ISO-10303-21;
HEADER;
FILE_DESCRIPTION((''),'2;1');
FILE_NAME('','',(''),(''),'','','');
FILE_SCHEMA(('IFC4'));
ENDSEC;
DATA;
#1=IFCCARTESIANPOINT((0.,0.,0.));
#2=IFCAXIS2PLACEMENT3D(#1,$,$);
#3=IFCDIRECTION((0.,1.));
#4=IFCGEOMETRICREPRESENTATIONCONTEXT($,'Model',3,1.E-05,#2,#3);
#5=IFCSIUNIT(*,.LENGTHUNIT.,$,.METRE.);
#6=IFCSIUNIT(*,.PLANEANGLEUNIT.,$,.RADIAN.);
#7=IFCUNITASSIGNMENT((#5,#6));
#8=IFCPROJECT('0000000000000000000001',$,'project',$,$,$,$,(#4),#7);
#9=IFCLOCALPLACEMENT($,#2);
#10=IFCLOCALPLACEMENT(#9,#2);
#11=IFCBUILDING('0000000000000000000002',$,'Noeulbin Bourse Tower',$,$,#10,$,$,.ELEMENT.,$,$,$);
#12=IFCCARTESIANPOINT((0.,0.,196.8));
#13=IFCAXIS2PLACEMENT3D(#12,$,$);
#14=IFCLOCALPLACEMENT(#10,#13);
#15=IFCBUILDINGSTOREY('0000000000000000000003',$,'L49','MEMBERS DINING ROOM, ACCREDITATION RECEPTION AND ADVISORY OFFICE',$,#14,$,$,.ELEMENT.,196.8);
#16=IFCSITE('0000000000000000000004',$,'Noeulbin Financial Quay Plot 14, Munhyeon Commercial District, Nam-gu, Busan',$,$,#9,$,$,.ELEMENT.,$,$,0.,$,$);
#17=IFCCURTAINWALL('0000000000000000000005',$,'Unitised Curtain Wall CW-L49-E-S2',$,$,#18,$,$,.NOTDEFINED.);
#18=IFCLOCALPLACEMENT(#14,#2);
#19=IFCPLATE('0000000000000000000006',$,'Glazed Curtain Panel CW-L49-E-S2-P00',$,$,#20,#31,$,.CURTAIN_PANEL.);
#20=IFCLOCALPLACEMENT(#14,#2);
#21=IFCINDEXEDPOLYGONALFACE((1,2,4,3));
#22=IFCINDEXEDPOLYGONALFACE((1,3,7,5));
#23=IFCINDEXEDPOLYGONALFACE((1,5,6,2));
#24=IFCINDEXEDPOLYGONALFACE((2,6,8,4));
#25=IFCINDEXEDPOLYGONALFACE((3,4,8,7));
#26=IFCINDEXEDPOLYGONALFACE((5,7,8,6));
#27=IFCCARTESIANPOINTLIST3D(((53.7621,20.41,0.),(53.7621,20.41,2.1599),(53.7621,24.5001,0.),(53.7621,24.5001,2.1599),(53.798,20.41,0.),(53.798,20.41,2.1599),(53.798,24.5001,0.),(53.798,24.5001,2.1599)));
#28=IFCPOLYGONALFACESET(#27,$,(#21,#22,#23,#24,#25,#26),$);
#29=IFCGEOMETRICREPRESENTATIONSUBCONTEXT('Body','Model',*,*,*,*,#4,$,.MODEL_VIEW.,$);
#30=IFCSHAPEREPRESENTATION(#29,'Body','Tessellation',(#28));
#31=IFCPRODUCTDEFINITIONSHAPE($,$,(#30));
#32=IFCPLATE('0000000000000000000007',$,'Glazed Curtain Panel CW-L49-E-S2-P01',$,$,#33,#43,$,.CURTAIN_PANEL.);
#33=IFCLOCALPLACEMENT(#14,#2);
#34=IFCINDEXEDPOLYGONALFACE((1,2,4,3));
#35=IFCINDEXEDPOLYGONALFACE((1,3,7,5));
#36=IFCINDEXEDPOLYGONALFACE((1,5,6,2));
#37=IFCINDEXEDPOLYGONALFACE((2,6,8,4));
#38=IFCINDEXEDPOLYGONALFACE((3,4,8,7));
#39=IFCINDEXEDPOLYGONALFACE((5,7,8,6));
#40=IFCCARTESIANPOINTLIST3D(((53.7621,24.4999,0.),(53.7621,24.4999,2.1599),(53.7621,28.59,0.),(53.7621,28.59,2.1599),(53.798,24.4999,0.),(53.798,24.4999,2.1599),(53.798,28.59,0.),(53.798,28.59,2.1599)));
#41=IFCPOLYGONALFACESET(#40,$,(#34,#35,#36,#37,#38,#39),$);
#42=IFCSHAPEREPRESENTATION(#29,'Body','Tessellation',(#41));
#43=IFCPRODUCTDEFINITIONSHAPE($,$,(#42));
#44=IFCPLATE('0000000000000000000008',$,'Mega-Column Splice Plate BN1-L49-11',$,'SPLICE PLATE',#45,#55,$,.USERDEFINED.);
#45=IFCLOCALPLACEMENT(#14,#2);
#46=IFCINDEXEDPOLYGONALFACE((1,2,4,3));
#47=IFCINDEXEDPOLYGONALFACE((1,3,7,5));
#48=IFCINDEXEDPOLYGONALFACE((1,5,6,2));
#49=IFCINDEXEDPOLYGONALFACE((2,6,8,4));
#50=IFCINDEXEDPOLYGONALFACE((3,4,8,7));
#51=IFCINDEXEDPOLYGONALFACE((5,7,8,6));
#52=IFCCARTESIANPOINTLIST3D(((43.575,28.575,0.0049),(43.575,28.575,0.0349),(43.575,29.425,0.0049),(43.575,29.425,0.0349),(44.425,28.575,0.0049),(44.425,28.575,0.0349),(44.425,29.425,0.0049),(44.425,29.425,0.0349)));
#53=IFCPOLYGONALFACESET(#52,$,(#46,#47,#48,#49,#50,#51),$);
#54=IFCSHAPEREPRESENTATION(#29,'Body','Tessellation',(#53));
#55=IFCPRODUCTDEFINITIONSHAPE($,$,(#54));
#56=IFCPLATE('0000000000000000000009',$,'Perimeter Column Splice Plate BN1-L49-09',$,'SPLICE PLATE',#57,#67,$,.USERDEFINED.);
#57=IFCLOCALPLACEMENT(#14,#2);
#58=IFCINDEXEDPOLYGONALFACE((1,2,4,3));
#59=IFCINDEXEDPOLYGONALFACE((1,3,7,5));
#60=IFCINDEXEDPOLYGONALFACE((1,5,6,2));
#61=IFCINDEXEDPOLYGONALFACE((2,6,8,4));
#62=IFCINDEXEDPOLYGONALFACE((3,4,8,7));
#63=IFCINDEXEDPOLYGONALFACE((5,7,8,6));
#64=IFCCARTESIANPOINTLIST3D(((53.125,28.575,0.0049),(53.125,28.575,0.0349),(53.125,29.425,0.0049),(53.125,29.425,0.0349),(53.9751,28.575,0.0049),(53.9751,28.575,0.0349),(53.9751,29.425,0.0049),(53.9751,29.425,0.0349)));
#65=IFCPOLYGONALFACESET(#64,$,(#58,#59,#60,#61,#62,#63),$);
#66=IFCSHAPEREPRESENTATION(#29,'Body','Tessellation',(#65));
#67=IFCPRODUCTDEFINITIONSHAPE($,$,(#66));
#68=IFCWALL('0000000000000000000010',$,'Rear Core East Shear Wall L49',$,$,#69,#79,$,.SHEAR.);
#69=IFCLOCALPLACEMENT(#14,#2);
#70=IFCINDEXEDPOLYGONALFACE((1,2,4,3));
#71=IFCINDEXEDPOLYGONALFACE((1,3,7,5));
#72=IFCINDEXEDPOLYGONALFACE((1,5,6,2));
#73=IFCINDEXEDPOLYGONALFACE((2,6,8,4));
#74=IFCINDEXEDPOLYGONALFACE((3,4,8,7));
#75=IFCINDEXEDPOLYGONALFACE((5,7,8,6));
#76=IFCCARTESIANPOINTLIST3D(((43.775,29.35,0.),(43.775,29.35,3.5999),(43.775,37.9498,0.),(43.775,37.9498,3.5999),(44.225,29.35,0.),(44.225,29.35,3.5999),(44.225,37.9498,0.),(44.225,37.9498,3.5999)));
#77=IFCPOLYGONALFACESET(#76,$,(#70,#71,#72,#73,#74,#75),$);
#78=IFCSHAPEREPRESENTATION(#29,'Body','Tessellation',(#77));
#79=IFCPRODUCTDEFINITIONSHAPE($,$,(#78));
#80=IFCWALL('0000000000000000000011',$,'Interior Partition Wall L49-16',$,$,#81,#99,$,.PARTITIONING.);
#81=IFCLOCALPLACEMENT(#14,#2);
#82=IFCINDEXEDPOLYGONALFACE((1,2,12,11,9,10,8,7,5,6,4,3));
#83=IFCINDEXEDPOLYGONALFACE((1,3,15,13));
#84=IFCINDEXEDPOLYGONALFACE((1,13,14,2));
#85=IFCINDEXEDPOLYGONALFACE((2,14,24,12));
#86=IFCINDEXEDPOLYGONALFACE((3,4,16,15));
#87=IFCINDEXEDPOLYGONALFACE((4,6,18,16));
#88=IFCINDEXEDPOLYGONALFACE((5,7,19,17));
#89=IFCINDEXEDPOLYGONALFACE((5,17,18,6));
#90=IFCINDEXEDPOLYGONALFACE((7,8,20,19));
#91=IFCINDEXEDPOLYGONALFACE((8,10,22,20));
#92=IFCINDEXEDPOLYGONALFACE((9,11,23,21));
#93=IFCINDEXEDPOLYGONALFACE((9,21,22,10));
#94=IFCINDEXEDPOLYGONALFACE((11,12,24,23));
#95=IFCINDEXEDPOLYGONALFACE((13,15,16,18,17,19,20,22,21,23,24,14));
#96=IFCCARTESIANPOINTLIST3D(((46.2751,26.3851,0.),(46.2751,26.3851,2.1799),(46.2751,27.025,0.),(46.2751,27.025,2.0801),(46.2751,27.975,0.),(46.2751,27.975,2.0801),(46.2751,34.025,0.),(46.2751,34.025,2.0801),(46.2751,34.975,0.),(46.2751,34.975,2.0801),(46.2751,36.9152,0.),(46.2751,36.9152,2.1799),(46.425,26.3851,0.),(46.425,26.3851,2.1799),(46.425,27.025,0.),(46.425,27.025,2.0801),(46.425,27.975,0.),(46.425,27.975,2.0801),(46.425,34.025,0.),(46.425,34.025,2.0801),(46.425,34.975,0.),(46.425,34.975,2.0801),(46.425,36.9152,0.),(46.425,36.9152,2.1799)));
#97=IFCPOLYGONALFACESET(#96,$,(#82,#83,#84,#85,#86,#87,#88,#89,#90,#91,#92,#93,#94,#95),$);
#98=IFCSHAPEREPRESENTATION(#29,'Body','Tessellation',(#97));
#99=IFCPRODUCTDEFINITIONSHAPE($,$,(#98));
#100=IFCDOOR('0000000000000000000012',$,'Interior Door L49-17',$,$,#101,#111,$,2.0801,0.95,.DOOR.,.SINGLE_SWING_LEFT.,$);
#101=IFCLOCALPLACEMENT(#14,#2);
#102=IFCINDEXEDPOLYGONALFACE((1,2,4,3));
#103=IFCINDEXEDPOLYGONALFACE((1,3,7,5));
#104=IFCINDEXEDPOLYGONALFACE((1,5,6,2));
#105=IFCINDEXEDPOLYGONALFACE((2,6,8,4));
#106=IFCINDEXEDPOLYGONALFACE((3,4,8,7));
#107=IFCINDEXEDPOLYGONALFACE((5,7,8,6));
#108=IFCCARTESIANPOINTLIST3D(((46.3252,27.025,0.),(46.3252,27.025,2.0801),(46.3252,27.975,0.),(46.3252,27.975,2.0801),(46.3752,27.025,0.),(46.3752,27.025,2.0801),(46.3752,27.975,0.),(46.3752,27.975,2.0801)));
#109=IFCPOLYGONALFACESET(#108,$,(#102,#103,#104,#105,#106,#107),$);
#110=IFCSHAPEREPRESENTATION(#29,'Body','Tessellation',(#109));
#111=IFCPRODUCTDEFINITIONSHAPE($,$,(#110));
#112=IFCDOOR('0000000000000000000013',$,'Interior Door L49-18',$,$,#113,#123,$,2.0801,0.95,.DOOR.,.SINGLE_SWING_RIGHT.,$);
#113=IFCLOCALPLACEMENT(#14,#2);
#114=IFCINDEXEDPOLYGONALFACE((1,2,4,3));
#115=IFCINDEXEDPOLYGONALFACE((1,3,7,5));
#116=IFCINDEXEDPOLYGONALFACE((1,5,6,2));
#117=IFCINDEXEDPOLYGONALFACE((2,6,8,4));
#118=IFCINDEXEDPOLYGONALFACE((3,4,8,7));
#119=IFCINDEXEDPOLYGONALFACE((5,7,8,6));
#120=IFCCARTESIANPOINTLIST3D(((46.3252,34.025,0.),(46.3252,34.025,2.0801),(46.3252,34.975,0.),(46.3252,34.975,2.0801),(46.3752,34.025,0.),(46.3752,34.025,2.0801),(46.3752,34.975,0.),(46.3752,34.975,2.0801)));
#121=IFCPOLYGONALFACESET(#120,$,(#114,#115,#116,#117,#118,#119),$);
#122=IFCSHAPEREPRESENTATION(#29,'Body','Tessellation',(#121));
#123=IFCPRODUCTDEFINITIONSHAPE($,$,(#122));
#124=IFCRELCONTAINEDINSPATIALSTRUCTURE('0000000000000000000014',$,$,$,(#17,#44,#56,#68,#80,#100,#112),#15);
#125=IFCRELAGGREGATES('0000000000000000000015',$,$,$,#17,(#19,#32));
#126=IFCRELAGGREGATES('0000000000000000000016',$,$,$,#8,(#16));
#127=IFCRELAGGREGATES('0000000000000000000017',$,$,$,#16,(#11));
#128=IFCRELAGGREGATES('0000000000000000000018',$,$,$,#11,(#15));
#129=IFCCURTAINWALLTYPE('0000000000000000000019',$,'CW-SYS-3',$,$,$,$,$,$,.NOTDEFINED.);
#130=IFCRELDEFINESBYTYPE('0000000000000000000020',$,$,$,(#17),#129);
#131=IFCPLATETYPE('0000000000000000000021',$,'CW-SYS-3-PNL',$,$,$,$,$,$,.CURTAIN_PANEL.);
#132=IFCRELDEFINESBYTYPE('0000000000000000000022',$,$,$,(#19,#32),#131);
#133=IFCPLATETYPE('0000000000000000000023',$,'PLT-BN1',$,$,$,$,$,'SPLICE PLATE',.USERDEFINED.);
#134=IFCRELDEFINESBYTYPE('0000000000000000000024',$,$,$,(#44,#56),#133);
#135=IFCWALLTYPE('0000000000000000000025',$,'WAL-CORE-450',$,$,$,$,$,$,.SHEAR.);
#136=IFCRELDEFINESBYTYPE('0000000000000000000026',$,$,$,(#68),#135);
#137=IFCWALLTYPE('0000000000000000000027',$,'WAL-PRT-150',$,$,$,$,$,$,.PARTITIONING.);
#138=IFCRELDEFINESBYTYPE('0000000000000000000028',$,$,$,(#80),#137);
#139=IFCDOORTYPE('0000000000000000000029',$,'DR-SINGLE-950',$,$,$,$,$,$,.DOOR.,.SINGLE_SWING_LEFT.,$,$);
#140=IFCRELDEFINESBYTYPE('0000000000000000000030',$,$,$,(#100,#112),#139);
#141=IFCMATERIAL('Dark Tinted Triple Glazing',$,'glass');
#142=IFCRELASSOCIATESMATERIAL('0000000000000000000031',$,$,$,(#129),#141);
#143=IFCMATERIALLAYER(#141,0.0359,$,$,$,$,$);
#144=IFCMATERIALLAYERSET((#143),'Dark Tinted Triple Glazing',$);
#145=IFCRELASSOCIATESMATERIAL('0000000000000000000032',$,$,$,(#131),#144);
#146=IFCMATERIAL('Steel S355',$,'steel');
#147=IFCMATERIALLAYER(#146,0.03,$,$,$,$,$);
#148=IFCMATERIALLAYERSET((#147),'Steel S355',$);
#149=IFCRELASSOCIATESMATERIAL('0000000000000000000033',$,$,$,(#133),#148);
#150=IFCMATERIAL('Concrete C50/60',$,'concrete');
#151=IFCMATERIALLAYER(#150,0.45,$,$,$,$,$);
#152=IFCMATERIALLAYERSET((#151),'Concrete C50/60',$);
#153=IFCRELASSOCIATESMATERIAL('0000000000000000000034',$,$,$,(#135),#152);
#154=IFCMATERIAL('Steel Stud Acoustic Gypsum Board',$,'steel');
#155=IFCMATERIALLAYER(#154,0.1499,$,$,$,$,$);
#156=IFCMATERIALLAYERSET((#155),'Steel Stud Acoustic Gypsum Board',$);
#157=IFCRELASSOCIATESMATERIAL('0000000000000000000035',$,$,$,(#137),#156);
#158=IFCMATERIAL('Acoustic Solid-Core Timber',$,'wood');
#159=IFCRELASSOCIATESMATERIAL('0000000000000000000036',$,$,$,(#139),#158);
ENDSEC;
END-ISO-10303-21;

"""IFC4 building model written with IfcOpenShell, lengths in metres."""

from ifc_helpers import new_model, si_unit, direction, frame, frame_2d, origin, origin_2d, place, context, subcontext, project, spatial, rectangle, extrude, material, layer, layer_set, type_object, element, fill, aggregate, save


model = new_model("IFC4")

# Units and contexts
model_context = context("Model", 3, precision=1e-05, world=origin(), true_north=direction((0.0, 1.0)))
body_context = subcontext(model_context, "Body", "Model", "MODEL_VIEW")
ifc_project = project(units=[si_unit("LENGTHUNIT", "METRE"), si_unit("PLANEANGLEUNIT", "RADIAN")], contexts=[model_context])

# Site, building, storey
site_placement = place(None, origin())
site = spatial("IfcSite", under=ifc_project, at=site_placement, Name="Noeulbin Financial Quay Plot 14, Munhyeon Commercial District, Nam-gu, Busan", CompositionType="ELEMENT", RefElevation=0.0)
building_placement = place(site_placement, origin())
building = spatial("IfcBuilding", under=site, at=building_placement, Name="Noeulbin Bourse Tower", CompositionType="ELEMENT")
storey_placement = place(building_placement, frame((0.0, 0.0, 196.8)))
storey = spatial("IfcBuildingStorey", under=building, at=storey_placement, Name="L49", Description="MEMBERS DINING ROOM, ACCREDITATION RECEPTION AND ADVISORY OFFICE", CompositionType="ELEMENT", Elevation=196.8)

# Shared definitions
ifc_material_1 = material(Name="Steel S355", Category="steel")

# Curtain wall
ifc_material_2 = material(Name="Dark Tinted Triple Glazing", Category="glass")
curtain_wall_type = type_object("IfcCurtainWallType", Name="CW-SYS-3", PredefinedType="NOTDEFINED", material=ifc_material_2)
curtain_wall_1_placement = place(storey_placement, origin())
curtain_wall_1 = element("IfcCurtainWall", 1, at=curtain_wall_1_placement, inside=storey, type_object=curtain_wall_type, Name="Unitised Curtain Wall CW-L49-E-S2", PredefinedType="NOTDEFINED")

# Plates
ifc_layer_1 = layer(ifc_material_2, 0.0359)
ifc_layer_set_1 = layer_set([ifc_layer_1], Name="Dark Tinted Triple Glazing")
plate_type_1 = type_object("IfcPlateType", Name="CW-SYS-3-PNL", PredefinedType="CURTAIN_PANEL", material=ifc_layer_set_1)
plate_1_placement = place(storey_placement, frame((53.78, 22.4551, 0.0), z_axis=(0.0, 0.0, 1.0), x_axis=(0.0, 1.0, 0.0)))
plate_1 = element("IfcPlate", 2, at=plate_1_placement, type_object=plate_type_1, Name="Glazed Curtain Panel CW-L49-E-S2-P00", PredefinedType="CURTAIN_PANEL", context=body_context, shape_type="SweptSolid", body=[
    extrude(rectangle(XDim=4.0901, YDim=0.0359, at=origin_2d()), origin(), (0.0, 0.0, 1.0), 2.1599),
])
plate_2_placement = place(storey_placement, frame((53.78, 26.5449, 0.0), z_axis=(0.0, 0.0, 1.0), x_axis=(0.0, 1.0, 0.0)))
plate_2 = element("IfcPlate", 3, at=plate_2_placement, type_object=plate_type_1, Name="Glazed Curtain Panel CW-L49-E-S2-P01", PredefinedType="CURTAIN_PANEL", context=body_context, shape_type="SweptSolid", body=[
    extrude(rectangle(XDim=4.0901, YDim=0.0359, at=origin_2d()), origin(), (0.0, 0.0, 1.0), 2.1599),
])
aggregate(curtain_wall_1, [plate_1, plate_2])

# Plates
ifc_layer_2 = layer(ifc_material_1, 0.03)
ifc_layer_set_2 = layer_set([ifc_layer_2], Name="Steel S355")
plate_type_2 = type_object("IfcPlateType", Name="PLT-BN1", ElementType="SPLICE PLATE", PredefinedType="USERDEFINED", material=ifc_layer_set_2)
for number, where, z_axis, x_axis, name in (
    (4, (44.0, 29.0, 0.0049), (0.0, 0.0, 1.0), (1.0, 0.0, 0.0), "Mega-Column Splice Plate BN1-L49-11"),
    (5, (53.55, 29.0, 0.0049), (0.0, 0.0, 1.0), (1.0, 0.0, 0.0), "Perimeter Column Splice Plate BN1-L49-09"),
):
    element("IfcPlate", number, at=place(storey_placement, frame(where, z_axis=z_axis, x_axis=x_axis)), inside=storey, type_object=plate_type_2, Name=name, ObjectType="SPLICE PLATE", PredefinedType="USERDEFINED", context=body_context, shape_type="SweptSolid", body=[
        extrude(rectangle(XDim=0.8501, YDim=0.8501, at=origin_2d()), origin(), (0.0, 0.0, 1.0), 0.03),
    ])

# Wall
ifc_material_3 = material(Name="Concrete C50/60", Category="concrete")
ifc_layer_3 = layer(ifc_material_3, 0.45)
ifc_layer_set_3 = layer_set([ifc_layer_3], Name="Concrete C50/60")
wall_type_1 = type_object("IfcWallType", Name="WAL-CORE-450", PredefinedType="SHEAR", material=ifc_layer_set_3)
wall_1_placement = place(storey_placement, frame((44.0, 29.3501, 0.0), z_axis=(0.0, 0.0, 1.0), x_axis=(0.0, 1.0, 0.0)))
element("IfcWall", 6, at=wall_1_placement, inside=storey, type_object=wall_type_1, Name="Rear Core East Shear Wall L49", PredefinedType="SHEAR", context=body_context, shape_type="SweptSolid", body=[
    extrude(rectangle(XDim=8.5999, YDim=0.45, at=frame_2d((4.2998, 0.0))), origin(), (0.0, 0.0, 1.0), 3.5999),
])

# Wall, openings, doors
ifc_material_4 = material(Name="Steel Stud Acoustic Gypsum Board", Category="steel")
ifc_layer_4 = layer(ifc_material_4, 0.1499)
ifc_layer_set_4 = layer_set([ifc_layer_4], Name="Steel Stud Acoustic Gypsum Board")
wall_type_2 = type_object("IfcWallType", Name="WAL-PRT-150", PredefinedType="PARTITIONING", material=ifc_layer_set_4)
wall_2_placement = place(storey_placement, frame((46.3501, 26.385, 0.0), z_axis=(0.0, 0.0, 1.0), x_axis=(0.0, 1.0, 0.0)))
wall_2 = element("IfcWall", 7, at=wall_2_placement, inside=storey, type_object=wall_type_2, Name="Interior Partition Wall L49-16", PredefinedType="PARTITIONING", context=body_context, shape_type="SweptSolid", body=[
    extrude(rectangle(XDim=10.53, YDim=0.1499, at=frame_2d((5.2651, 0.0))), origin(), (0.0, 0.0, 1.0), 2.1799),
])
opening_1_placement = place(wall_2_placement, frame((0.6399, 0.0, 0.0)))
opening_1 = element("IfcOpeningElement", 8, at=opening_1_placement, cuts=wall_2, PredefinedType="OPENING", context=body_context, shape_type="SweptSolid", body=[
    extrude(rectangle(XDim=0.95, YDim=2.0801, at=frame_2d((0.4751, 1.04))), frame((0.0, 0.085, 0.0), z_axis=(0.0, -1.0, 0.0), x_axis=(1.0, 0.0, 0.0)), (0.0, 0.0, 1.0), 0.1699),
])
opening_2_placement = place(wall_2_placement, frame((7.6399, 0.0, 0.0)))
opening_2 = element("IfcOpeningElement", 9, at=opening_2_placement, cuts=wall_2, PredefinedType="OPENING", context=body_context, shape_type="SweptSolid", body=[
    extrude(rectangle(XDim=0.95, YDim=2.0801, at=frame_2d((0.4751, 1.04))), frame((0.0, 0.085, 0.0), z_axis=(0.0, -1.0, 0.0), x_axis=(1.0, 0.0, 0.0)), (0.0, 0.0, 1.0), 0.1699),
])
ifc_material_5 = material(Name="Acoustic Solid-Core Timber", Category="wood")
door_type = type_object("IfcDoorType", Name="DR-SINGLE-950", OperationType="SINGLE_SWING_LEFT", PredefinedType="DOOR", material=ifc_material_5)
door_1_placement = place(opening_1_placement, origin())
door_1 = element("IfcDoor", 10, at=door_1_placement, inside=storey, type_object=door_type, Name="Interior Door L49-17", OperationType="SINGLE_SWING_LEFT", OverallHeight=2.0801, OverallWidth=0.95, PredefinedType="DOOR", context=body_context, shape_type="SweptSolid", body=[
    extrude(rectangle(XDim=0.95, YDim=2.0801, at=frame_2d((0.4751, 1.04))), frame((0.0, 0.0249, 0.0), z_axis=(0.0, -1.0, 0.0), x_axis=(1.0, 0.0, 0.0)), (0.0, 0.0, 1.0), 0.05),
])
fill(opening_1, door_1)
door_2_placement = place(opening_2_placement, origin())
door_2 = element("IfcDoor", 11, at=door_2_placement, inside=storey, type_object=door_type, Name="Interior Door L49-18", OperationType="SINGLE_SWING_RIGHT", OverallHeight=2.0801, OverallWidth=0.95, PredefinedType="DOOR", context=body_context, shape_type="SweptSolid", body=[
    extrude(rectangle(XDim=0.95, YDim=2.0801, at=frame_2d((0.4751, 1.04))), frame((0.0, 0.0249, 0.0), z_axis=(0.0, -1.0, 0.0), x_axis=(1.0, 0.0, 0.0)), (0.0, 0.0, 1.0), 0.05),
])
fill(opening_2, door_2)

save(model, "model.ifc")
